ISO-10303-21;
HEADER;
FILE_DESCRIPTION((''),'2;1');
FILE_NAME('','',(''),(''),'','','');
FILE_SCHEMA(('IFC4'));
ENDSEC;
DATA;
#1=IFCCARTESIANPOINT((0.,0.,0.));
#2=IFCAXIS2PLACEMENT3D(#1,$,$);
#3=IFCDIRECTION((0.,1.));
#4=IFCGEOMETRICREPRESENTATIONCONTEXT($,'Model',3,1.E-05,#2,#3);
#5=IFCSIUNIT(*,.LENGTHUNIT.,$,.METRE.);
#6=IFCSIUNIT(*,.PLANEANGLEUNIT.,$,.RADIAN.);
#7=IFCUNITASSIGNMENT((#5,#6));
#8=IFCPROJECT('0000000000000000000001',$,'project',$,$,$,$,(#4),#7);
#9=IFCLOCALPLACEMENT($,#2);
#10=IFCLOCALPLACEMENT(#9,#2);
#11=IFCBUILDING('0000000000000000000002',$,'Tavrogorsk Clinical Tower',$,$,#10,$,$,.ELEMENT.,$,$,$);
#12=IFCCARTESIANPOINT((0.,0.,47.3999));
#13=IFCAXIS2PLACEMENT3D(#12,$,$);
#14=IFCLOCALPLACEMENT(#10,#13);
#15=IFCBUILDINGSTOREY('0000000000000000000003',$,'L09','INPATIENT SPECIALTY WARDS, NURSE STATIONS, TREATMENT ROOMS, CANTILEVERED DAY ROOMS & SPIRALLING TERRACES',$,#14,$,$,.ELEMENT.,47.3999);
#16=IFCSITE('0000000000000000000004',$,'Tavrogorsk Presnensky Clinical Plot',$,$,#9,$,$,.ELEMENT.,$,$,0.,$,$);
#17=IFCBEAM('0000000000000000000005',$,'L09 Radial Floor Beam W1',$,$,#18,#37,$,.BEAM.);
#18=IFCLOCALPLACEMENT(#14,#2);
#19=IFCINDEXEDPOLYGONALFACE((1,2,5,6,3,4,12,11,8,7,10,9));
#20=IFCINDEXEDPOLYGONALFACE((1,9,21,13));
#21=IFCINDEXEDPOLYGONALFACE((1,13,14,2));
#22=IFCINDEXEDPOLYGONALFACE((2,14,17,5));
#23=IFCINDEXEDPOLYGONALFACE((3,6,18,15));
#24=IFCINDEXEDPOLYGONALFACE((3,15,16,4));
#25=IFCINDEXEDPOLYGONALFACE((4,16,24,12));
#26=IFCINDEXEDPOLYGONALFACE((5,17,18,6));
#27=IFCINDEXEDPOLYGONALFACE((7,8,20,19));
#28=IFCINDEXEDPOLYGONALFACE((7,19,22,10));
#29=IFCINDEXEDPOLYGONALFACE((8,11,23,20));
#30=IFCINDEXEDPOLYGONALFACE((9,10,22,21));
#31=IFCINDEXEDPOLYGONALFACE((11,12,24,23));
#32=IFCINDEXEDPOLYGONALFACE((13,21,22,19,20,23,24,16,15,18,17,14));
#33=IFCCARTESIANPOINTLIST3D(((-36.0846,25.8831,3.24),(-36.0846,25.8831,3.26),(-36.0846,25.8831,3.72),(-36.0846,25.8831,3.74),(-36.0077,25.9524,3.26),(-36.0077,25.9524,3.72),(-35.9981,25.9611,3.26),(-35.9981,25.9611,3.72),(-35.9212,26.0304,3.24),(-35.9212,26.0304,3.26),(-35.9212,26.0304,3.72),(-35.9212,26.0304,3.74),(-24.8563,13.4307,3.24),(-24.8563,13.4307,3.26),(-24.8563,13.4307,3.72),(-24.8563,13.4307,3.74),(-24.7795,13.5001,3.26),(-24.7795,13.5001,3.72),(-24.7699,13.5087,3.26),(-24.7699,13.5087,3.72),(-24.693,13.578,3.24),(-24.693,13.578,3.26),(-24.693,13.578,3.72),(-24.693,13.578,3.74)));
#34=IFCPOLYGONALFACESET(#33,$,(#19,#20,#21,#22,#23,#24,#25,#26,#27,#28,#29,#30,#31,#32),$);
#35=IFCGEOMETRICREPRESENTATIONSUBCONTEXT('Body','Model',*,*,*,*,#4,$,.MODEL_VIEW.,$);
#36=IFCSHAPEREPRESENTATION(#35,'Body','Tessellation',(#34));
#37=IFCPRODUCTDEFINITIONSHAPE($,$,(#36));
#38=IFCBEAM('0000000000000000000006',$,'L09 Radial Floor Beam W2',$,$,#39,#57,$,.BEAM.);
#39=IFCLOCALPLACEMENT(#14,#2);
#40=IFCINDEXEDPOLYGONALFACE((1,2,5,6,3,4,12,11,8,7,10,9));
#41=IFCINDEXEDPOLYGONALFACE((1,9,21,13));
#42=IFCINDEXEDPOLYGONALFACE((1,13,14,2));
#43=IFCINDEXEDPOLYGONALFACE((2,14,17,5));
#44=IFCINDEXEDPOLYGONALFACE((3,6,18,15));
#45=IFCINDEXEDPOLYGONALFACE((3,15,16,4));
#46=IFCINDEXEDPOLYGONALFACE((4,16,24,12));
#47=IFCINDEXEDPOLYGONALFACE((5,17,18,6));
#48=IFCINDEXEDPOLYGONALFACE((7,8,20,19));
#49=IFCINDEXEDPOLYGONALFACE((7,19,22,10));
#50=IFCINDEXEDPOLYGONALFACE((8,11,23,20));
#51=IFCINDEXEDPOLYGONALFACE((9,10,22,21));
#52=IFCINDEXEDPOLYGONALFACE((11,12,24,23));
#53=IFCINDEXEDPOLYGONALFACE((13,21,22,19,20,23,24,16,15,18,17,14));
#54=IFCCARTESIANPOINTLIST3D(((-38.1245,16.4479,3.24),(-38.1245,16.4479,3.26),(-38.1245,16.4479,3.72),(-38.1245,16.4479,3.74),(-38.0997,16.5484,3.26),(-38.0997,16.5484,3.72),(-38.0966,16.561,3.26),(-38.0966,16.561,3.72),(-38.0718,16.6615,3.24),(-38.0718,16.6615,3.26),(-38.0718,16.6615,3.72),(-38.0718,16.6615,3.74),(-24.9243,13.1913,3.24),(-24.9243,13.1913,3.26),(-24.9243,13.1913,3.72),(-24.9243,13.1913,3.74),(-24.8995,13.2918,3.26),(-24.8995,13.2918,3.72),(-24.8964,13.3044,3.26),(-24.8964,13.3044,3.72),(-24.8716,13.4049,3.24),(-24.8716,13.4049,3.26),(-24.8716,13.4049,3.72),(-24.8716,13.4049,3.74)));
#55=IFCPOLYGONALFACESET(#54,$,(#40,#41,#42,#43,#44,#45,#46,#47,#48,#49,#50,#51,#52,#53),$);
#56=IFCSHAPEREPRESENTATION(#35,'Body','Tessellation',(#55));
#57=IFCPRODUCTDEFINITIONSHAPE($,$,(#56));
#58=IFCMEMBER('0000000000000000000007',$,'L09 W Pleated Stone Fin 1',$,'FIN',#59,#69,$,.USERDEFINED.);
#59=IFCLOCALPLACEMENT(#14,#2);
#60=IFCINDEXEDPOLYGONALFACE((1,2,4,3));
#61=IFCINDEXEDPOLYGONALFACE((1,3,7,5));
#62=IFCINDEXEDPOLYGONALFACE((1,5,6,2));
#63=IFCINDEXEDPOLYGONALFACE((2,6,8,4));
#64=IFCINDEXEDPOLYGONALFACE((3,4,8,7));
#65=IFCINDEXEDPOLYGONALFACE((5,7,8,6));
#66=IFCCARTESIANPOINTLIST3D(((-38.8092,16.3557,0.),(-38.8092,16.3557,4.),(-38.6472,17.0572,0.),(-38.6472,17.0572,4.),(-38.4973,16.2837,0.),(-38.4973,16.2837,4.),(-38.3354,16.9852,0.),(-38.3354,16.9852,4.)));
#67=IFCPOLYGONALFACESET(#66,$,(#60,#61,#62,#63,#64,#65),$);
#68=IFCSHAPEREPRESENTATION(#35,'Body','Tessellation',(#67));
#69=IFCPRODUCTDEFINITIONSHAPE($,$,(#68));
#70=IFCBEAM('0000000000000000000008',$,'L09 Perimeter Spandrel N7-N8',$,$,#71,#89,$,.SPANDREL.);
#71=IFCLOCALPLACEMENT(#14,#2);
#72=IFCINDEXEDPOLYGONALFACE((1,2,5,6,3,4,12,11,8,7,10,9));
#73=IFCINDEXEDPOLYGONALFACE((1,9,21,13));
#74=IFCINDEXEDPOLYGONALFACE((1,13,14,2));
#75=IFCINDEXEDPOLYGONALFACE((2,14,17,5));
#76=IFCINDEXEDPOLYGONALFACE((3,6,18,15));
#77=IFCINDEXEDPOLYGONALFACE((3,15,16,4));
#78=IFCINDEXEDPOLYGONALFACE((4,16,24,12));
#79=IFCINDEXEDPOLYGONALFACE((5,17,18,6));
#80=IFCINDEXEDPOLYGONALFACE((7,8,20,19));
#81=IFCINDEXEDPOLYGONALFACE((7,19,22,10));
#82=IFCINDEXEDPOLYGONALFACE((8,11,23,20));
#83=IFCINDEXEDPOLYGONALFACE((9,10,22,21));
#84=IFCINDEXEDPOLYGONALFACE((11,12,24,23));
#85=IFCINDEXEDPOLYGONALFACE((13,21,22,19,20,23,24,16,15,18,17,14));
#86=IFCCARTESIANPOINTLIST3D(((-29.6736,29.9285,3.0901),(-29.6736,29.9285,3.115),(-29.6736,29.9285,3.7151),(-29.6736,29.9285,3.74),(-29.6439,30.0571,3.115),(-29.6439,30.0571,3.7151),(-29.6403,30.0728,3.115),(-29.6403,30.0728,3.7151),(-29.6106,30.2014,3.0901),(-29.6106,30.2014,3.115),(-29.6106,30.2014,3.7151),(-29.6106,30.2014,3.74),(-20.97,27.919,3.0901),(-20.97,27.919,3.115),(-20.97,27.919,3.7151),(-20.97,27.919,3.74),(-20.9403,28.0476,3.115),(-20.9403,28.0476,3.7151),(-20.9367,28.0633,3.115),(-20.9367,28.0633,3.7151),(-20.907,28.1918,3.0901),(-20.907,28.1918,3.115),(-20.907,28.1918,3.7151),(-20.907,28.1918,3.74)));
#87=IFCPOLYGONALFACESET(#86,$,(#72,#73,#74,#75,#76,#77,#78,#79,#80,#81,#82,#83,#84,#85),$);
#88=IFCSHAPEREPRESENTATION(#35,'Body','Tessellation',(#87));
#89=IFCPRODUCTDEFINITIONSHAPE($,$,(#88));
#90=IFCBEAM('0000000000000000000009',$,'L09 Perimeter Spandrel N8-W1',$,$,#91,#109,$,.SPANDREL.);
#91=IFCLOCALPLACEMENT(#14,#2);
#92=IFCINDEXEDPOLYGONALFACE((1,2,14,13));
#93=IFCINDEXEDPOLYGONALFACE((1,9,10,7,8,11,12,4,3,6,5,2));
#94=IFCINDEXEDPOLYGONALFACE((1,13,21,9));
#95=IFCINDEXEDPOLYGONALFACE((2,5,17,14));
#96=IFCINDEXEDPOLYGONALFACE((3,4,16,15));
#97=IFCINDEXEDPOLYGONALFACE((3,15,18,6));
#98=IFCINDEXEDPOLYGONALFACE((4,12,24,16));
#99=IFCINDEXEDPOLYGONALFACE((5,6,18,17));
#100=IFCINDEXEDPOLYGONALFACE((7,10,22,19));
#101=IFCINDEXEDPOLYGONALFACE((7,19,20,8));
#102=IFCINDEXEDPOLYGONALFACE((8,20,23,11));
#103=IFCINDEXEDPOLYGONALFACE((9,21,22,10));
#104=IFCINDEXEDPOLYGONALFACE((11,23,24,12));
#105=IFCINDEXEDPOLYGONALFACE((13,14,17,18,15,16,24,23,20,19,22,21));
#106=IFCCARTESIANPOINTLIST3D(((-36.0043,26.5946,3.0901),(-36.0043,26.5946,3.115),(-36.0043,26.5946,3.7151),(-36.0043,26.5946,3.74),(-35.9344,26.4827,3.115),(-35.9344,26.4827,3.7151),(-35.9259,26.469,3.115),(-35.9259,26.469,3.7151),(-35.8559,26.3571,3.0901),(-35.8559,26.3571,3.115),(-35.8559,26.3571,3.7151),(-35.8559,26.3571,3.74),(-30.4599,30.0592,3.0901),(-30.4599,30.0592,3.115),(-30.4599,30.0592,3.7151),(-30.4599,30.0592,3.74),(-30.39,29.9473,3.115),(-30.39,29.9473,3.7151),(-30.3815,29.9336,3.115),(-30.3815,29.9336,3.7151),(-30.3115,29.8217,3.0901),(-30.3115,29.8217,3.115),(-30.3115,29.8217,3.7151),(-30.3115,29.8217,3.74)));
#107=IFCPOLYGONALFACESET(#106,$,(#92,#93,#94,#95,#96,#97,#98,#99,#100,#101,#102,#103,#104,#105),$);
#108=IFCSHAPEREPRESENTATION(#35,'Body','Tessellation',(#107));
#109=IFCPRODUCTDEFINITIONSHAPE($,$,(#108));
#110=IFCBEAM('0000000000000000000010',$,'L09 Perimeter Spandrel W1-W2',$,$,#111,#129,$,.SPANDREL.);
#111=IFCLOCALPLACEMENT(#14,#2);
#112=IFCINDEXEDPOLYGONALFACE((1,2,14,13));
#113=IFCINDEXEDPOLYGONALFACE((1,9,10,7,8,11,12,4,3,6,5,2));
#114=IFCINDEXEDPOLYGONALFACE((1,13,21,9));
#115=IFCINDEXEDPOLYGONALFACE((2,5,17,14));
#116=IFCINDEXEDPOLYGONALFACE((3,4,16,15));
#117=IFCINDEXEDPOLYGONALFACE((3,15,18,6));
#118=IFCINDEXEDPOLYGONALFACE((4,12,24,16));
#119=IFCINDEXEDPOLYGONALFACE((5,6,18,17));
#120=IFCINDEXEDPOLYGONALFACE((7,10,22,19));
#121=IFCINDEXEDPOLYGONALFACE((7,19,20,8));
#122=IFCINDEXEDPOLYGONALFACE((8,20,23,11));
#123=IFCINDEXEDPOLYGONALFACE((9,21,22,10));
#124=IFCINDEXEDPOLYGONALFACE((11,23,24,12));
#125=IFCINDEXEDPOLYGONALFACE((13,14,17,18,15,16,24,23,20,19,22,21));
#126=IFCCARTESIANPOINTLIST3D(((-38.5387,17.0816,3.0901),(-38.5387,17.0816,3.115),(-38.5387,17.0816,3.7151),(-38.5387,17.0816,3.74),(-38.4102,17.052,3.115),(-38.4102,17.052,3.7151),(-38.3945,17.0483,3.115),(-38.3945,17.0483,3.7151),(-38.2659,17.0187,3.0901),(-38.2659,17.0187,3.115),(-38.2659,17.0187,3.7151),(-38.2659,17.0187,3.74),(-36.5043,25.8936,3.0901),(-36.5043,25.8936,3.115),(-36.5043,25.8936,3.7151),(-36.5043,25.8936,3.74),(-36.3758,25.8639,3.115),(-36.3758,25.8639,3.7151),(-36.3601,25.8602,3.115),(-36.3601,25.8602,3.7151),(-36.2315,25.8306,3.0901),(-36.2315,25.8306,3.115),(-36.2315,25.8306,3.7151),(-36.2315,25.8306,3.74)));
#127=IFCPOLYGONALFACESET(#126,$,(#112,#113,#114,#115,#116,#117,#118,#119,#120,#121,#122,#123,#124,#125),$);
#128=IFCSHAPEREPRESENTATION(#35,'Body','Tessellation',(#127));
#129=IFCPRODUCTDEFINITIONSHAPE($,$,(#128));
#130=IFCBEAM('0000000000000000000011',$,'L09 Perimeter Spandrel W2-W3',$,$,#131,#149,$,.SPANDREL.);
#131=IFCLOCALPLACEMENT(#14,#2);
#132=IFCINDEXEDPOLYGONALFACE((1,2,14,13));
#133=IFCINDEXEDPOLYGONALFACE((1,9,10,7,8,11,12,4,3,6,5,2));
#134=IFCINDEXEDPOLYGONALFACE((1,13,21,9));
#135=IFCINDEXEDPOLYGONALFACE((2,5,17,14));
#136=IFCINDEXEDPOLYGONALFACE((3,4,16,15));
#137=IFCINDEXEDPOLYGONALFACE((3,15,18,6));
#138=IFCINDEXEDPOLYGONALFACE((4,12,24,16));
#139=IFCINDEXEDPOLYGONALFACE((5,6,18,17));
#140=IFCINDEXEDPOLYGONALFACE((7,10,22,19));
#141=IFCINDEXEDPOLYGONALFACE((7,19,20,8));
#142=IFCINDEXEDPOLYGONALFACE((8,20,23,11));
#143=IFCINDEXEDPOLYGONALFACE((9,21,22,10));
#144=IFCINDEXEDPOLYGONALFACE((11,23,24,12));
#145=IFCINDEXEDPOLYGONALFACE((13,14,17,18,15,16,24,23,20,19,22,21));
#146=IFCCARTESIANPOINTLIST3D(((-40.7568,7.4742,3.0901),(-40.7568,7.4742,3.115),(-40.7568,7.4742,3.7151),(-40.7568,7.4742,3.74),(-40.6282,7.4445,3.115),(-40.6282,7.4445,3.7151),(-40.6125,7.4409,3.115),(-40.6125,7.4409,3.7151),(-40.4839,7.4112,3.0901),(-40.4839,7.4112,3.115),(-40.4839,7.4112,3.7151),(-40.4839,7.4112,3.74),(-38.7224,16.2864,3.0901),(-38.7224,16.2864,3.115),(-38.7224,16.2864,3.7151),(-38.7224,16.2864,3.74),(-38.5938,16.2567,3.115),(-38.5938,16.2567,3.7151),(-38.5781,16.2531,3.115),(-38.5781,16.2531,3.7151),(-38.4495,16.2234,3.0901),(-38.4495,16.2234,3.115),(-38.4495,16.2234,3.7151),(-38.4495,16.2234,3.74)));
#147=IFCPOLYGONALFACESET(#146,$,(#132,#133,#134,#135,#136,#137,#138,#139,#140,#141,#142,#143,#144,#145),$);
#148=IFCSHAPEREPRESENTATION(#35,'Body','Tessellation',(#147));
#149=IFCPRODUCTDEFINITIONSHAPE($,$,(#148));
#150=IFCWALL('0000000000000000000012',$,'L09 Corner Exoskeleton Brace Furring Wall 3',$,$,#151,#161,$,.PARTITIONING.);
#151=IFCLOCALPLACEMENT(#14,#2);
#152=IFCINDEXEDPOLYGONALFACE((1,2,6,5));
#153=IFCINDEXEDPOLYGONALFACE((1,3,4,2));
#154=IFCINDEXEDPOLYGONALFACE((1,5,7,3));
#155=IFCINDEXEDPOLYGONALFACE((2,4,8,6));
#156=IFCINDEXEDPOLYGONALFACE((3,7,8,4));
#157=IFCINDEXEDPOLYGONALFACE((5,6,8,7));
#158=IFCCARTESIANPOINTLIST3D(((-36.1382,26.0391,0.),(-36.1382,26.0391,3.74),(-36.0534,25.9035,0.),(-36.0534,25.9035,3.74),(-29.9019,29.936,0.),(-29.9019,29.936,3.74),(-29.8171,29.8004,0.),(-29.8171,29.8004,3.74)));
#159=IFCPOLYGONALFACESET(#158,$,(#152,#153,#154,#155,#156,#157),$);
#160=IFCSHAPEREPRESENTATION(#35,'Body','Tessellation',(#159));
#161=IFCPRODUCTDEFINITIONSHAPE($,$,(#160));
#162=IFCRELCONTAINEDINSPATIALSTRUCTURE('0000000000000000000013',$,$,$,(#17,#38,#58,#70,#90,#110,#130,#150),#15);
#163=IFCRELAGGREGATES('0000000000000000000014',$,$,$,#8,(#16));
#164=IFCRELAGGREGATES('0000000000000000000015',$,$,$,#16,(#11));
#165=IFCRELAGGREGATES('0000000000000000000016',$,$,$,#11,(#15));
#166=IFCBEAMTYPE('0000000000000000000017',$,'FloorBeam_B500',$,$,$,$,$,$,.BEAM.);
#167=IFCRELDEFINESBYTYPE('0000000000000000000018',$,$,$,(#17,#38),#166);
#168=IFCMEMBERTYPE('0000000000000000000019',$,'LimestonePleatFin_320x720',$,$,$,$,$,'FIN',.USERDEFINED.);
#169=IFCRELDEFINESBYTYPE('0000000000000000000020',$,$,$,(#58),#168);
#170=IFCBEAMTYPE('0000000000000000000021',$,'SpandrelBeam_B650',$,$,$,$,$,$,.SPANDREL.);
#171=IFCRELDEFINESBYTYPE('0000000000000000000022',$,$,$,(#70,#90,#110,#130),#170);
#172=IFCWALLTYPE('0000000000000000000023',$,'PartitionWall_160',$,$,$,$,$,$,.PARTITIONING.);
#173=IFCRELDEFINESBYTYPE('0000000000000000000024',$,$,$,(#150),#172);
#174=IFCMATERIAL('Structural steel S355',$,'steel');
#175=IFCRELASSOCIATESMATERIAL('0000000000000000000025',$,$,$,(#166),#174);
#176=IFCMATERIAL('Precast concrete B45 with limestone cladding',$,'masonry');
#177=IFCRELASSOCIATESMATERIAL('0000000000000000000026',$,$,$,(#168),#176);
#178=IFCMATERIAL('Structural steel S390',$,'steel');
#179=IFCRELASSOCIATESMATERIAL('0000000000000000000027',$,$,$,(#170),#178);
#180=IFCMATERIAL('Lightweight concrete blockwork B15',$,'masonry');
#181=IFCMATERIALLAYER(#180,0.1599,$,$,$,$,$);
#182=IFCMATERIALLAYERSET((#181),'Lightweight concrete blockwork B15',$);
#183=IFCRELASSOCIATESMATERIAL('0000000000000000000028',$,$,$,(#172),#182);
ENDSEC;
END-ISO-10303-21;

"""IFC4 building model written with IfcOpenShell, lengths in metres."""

from ifc_helpers import new_model, si_unit, direction, frame, frame_2d, origin, origin_2d, place, context, subcontext, project, spatial, rectangle, i_section, extrude, material, layer, layer_set, material_profile, profile_set, type_object, element, save


model = new_model("IFC4")

# Units and contexts
model_context = context("Model", 3, precision=1e-05, world=origin(), true_north=direction((0.0, 1.0)))
body_context = subcontext(model_context, "Body", "Model", "MODEL_VIEW")
ifc_project = project(units=[si_unit("LENGTHUNIT", "METRE"), si_unit("PLANEANGLEUNIT", "RADIAN")], contexts=[model_context])

# Site, building, storey
site_placement = place(None, origin())
site = spatial("IfcSite", under=ifc_project, at=site_placement, Name="Tavrogorsk Presnensky Clinical Plot", CompositionType="ELEMENT", RefElevation=0.0)
building_placement = place(site_placement, origin())
building = spatial("IfcBuilding", under=site, at=building_placement, Name="Tavrogorsk Clinical Tower", CompositionType="ELEMENT")
storey_placement = place(building_placement, frame((0.0, 0.0, 47.3999)))
storey = spatial("IfcBuildingStorey", under=building, at=storey_placement, Name="L09", Description="INPATIENT SPECIALTY WARDS, NURSE STATIONS, TREATMENT ROOMS, CANTILEVERED DAY ROOMS & SPIRALLING TERRACES", CompositionType="ELEMENT", Elevation=47.3999)

# Beams
ifc_material_1 = material(Name="Structural steel S355", Category="steel")
ifc_material_profile_1 = material_profile(ifc_material_1, i_section(OverallWidth=0.22, OverallDepth=0.5, WebThickness=0.0129, FlangeThickness=0.02, at=origin_2d()), Name="B-500x220x13x20")
ifc_profile_set_1 = profile_set([ifc_material_profile_1], Name="Structural steel S355")
beam_type_1 = type_object("IfcBeamType", Name="FloorBeam_B500", PredefinedType="BEAM", material=ifc_profile_set_1)
beam_1_placement = place(storey_placement, frame((-24.7747, 13.5044, 3.49), z_axis=(-0.66966, 0.742668, 0.0), x_axis=(-0.742668, -0.66966, 0.0)))
element("IfcBeam", 1, at=beam_1_placement, inside=storey, type_object=beam_type_1, Name="L09 Radial Floor Beam W1", PredefinedType="BEAM", context=body_context, shape_type="SweptSolid", body=[
    extrude(i_section(OverallWidth=0.22, OverallDepth=0.5, WebThickness=0.0129, FlangeThickness=0.02, at=origin_2d()), origin(), (0.0, 0.0, 1.0), 16.7671),
])
beam_2_placement = place(storey_placement, frame((-24.8979, 13.2981, 3.49), z_axis=(-0.97089, 0.239526, 0.0), x_axis=(-0.239526, -0.97089, 0.0)))
element("IfcBeam", 2, at=beam_2_placement, inside=storey, type_object=beam_type_1, Name="L09 Radial Floor Beam W2", PredefinedType="BEAM", context=body_context, shape_type="SweptSolid", body=[
    extrude(i_section(OverallWidth=0.22, OverallDepth=0.5, WebThickness=0.0129, FlangeThickness=0.02, at=origin_2d()), origin(), (0.0, 0.0, 1.0), 13.5959),
])

# Member
ifc_material_2 = material(Name="Precast concrete B45 with limestone cladding", Category="masonry")
ifc_material_profile_2 = material_profile(ifc_material_2, rectangle(XDim=0.3201, YDim=0.72, at=origin_2d()), Name="LIMESTONE-FIN-320x720")
ifc_profile_set_2 = profile_set([ifc_material_profile_2], Name="Precast concrete B45 with limestone cladding")
member_type_1 = type_object("IfcMemberType", Name="LimestonePleatFin_320x720", ElementType="FIN", PredefinedType="USERDEFINED", material=ifc_profile_set_2)
member_1_placement = place(storey_placement, frame((-38.5723, 16.6704, 0.0), z_axis=(0.0, 0.0, 1.0), x_axis=(0.97437, -0.224951, 0.0)))
element("IfcMember", 3, at=member_1_placement, inside=storey, type_object=member_type_1, Name="L09 W Pleated Stone Fin 1", ObjectType="FIN", PredefinedType="USERDEFINED", context=body_context, shape_type="SweptSolid", body=[
    extrude(rectangle(XDim=0.3201, YDim=0.72, at=origin_2d()), origin(), (0.0, 0.0, 1.0), 4.0),
])

# Beams
ifc_material_3 = material(Name="Structural steel S390", Category="steel")
ifc_material_profile_3 = material_profile(ifc_material_3, i_section(OverallWidth=0.28, OverallDepth=0.6499, WebThickness=0.0161, FlangeThickness=0.0249, at=origin_2d()), Name="B-650x280x16x25")
ifc_profile_set_3 = profile_set([ifc_material_profile_3], Name="Structural steel S390")
beam_type_2 = type_object("IfcBeamType", Name="SpandrelBeam_B650", PredefinedType="SPANDREL", material=ifc_profile_set_3)
beam_3_placement = place(storey_placement, frame((-20.9385, 28.0554, 3.415), z_axis=(-0.974367, 0.224965, 0.0), x_axis=(-0.224965, -0.974367, 0.0)))
element("IfcBeam", 4, at=beam_3_placement, inside=storey, type_object=beam_type_2, Name="L09 Perimeter Spandrel N7-N8", PredefinedType="SPANDREL", context=body_context, shape_type="SweptSolid", body=[
    extrude(i_section(OverallWidth=0.28, OverallDepth=0.6499, WebThickness=0.0161, FlangeThickness=0.0249, at=origin_2d()), origin(), (0.0, 0.0, 1.0), 8.9326),
])
beam_4_placement = place(storey_placement, frame((-30.3857, 29.9404, 3.415), z_axis=(-0.848044, -0.529925, 0.0), x_axis=(0.529925, -0.848044, 0.0)))
element("IfcBeam", 5, at=beam_4_placement, inside=storey, type_object=beam_type_2, Name="L09 Perimeter Spandrel N8-W1", PredefinedType="SPANDREL", context=body_context, shape_type="SweptSolid", body=[
    extrude(i_section(OverallWidth=0.28, OverallDepth=0.6499, WebThickness=0.0161, FlangeThickness=0.0249, at=origin_2d()), origin(), (0.0, 0.0, 1.0), 6.5378),
])
beam_5_placement = place(storey_placement, frame((-36.3679, 25.8621, 3.415), z_axis=(-0.224952, -0.97437, 0.0), x_axis=(0.97437, -0.224952, 0.0)))
element("IfcBeam", 6, at=beam_5_placement, inside=storey, type_object=beam_type_2, Name="L09 Perimeter Spandrel W1-W2", PredefinedType="SPANDREL", context=body_context, shape_type="SweptSolid", body=[
    extrude(i_section(OverallWidth=0.28, OverallDepth=0.6499, WebThickness=0.0161, FlangeThickness=0.0249, at=origin_2d()), origin(), (0.0, 0.0, 1.0), 9.0437),
])
beam_6_placement = place(storey_placement, frame((-38.5859, 16.2549, 3.415), z_axis=(-0.224946, -0.974371, 0.0), x_axis=(0.974371, -0.224946, 0.0)))
element("IfcBeam", 7, at=beam_6_placement, inside=storey, type_object=beam_type_2, Name="L09 Perimeter Spandrel W2-W3", PredefinedType="SPANDREL", context=body_context, shape_type="SweptSolid", body=[
    extrude(i_section(OverallWidth=0.28, OverallDepth=0.6499, WebThickness=0.0161, FlangeThickness=0.0249, at=origin_2d()), origin(), (0.0, 0.0, 1.0), 9.0439),
])

# Wall
ifc_material_4 = material(Name="Lightweight concrete blockwork B15", Category="masonry")
ifc_layer_1 = layer(ifc_material_4, 0.1599)
ifc_layer_set_1 = layer_set([ifc_layer_1], Name="Lightweight concrete blockwork B15")
wall_type_1 = type_object("IfcWallType", Name="PartitionWall_160", PredefinedType="PARTITIONING", material=ifc_layer_set_1)
wall_1_placement = place(storey_placement, frame((-29.8596, 29.8682, 0.0), z_axis=(0.0, 0.0, 1.0), x_axis=(-0.848043, -0.529927, 0.0)))
element("IfcWall", 8, at=wall_1_placement, inside=storey, type_object=wall_type_1, Name="L09 Corner Exoskeleton Brace Furring Wall 3", PredefinedType="PARTITIONING", context=body_context, shape_type="SweptSolid", body=[
    extrude(rectangle(XDim=7.3538, YDim=0.1599, at=frame_2d((3.6768, 0.0))), origin(), (0.0, 0.0, 1.0), 3.74),
])

save(model, "model.ifc")
